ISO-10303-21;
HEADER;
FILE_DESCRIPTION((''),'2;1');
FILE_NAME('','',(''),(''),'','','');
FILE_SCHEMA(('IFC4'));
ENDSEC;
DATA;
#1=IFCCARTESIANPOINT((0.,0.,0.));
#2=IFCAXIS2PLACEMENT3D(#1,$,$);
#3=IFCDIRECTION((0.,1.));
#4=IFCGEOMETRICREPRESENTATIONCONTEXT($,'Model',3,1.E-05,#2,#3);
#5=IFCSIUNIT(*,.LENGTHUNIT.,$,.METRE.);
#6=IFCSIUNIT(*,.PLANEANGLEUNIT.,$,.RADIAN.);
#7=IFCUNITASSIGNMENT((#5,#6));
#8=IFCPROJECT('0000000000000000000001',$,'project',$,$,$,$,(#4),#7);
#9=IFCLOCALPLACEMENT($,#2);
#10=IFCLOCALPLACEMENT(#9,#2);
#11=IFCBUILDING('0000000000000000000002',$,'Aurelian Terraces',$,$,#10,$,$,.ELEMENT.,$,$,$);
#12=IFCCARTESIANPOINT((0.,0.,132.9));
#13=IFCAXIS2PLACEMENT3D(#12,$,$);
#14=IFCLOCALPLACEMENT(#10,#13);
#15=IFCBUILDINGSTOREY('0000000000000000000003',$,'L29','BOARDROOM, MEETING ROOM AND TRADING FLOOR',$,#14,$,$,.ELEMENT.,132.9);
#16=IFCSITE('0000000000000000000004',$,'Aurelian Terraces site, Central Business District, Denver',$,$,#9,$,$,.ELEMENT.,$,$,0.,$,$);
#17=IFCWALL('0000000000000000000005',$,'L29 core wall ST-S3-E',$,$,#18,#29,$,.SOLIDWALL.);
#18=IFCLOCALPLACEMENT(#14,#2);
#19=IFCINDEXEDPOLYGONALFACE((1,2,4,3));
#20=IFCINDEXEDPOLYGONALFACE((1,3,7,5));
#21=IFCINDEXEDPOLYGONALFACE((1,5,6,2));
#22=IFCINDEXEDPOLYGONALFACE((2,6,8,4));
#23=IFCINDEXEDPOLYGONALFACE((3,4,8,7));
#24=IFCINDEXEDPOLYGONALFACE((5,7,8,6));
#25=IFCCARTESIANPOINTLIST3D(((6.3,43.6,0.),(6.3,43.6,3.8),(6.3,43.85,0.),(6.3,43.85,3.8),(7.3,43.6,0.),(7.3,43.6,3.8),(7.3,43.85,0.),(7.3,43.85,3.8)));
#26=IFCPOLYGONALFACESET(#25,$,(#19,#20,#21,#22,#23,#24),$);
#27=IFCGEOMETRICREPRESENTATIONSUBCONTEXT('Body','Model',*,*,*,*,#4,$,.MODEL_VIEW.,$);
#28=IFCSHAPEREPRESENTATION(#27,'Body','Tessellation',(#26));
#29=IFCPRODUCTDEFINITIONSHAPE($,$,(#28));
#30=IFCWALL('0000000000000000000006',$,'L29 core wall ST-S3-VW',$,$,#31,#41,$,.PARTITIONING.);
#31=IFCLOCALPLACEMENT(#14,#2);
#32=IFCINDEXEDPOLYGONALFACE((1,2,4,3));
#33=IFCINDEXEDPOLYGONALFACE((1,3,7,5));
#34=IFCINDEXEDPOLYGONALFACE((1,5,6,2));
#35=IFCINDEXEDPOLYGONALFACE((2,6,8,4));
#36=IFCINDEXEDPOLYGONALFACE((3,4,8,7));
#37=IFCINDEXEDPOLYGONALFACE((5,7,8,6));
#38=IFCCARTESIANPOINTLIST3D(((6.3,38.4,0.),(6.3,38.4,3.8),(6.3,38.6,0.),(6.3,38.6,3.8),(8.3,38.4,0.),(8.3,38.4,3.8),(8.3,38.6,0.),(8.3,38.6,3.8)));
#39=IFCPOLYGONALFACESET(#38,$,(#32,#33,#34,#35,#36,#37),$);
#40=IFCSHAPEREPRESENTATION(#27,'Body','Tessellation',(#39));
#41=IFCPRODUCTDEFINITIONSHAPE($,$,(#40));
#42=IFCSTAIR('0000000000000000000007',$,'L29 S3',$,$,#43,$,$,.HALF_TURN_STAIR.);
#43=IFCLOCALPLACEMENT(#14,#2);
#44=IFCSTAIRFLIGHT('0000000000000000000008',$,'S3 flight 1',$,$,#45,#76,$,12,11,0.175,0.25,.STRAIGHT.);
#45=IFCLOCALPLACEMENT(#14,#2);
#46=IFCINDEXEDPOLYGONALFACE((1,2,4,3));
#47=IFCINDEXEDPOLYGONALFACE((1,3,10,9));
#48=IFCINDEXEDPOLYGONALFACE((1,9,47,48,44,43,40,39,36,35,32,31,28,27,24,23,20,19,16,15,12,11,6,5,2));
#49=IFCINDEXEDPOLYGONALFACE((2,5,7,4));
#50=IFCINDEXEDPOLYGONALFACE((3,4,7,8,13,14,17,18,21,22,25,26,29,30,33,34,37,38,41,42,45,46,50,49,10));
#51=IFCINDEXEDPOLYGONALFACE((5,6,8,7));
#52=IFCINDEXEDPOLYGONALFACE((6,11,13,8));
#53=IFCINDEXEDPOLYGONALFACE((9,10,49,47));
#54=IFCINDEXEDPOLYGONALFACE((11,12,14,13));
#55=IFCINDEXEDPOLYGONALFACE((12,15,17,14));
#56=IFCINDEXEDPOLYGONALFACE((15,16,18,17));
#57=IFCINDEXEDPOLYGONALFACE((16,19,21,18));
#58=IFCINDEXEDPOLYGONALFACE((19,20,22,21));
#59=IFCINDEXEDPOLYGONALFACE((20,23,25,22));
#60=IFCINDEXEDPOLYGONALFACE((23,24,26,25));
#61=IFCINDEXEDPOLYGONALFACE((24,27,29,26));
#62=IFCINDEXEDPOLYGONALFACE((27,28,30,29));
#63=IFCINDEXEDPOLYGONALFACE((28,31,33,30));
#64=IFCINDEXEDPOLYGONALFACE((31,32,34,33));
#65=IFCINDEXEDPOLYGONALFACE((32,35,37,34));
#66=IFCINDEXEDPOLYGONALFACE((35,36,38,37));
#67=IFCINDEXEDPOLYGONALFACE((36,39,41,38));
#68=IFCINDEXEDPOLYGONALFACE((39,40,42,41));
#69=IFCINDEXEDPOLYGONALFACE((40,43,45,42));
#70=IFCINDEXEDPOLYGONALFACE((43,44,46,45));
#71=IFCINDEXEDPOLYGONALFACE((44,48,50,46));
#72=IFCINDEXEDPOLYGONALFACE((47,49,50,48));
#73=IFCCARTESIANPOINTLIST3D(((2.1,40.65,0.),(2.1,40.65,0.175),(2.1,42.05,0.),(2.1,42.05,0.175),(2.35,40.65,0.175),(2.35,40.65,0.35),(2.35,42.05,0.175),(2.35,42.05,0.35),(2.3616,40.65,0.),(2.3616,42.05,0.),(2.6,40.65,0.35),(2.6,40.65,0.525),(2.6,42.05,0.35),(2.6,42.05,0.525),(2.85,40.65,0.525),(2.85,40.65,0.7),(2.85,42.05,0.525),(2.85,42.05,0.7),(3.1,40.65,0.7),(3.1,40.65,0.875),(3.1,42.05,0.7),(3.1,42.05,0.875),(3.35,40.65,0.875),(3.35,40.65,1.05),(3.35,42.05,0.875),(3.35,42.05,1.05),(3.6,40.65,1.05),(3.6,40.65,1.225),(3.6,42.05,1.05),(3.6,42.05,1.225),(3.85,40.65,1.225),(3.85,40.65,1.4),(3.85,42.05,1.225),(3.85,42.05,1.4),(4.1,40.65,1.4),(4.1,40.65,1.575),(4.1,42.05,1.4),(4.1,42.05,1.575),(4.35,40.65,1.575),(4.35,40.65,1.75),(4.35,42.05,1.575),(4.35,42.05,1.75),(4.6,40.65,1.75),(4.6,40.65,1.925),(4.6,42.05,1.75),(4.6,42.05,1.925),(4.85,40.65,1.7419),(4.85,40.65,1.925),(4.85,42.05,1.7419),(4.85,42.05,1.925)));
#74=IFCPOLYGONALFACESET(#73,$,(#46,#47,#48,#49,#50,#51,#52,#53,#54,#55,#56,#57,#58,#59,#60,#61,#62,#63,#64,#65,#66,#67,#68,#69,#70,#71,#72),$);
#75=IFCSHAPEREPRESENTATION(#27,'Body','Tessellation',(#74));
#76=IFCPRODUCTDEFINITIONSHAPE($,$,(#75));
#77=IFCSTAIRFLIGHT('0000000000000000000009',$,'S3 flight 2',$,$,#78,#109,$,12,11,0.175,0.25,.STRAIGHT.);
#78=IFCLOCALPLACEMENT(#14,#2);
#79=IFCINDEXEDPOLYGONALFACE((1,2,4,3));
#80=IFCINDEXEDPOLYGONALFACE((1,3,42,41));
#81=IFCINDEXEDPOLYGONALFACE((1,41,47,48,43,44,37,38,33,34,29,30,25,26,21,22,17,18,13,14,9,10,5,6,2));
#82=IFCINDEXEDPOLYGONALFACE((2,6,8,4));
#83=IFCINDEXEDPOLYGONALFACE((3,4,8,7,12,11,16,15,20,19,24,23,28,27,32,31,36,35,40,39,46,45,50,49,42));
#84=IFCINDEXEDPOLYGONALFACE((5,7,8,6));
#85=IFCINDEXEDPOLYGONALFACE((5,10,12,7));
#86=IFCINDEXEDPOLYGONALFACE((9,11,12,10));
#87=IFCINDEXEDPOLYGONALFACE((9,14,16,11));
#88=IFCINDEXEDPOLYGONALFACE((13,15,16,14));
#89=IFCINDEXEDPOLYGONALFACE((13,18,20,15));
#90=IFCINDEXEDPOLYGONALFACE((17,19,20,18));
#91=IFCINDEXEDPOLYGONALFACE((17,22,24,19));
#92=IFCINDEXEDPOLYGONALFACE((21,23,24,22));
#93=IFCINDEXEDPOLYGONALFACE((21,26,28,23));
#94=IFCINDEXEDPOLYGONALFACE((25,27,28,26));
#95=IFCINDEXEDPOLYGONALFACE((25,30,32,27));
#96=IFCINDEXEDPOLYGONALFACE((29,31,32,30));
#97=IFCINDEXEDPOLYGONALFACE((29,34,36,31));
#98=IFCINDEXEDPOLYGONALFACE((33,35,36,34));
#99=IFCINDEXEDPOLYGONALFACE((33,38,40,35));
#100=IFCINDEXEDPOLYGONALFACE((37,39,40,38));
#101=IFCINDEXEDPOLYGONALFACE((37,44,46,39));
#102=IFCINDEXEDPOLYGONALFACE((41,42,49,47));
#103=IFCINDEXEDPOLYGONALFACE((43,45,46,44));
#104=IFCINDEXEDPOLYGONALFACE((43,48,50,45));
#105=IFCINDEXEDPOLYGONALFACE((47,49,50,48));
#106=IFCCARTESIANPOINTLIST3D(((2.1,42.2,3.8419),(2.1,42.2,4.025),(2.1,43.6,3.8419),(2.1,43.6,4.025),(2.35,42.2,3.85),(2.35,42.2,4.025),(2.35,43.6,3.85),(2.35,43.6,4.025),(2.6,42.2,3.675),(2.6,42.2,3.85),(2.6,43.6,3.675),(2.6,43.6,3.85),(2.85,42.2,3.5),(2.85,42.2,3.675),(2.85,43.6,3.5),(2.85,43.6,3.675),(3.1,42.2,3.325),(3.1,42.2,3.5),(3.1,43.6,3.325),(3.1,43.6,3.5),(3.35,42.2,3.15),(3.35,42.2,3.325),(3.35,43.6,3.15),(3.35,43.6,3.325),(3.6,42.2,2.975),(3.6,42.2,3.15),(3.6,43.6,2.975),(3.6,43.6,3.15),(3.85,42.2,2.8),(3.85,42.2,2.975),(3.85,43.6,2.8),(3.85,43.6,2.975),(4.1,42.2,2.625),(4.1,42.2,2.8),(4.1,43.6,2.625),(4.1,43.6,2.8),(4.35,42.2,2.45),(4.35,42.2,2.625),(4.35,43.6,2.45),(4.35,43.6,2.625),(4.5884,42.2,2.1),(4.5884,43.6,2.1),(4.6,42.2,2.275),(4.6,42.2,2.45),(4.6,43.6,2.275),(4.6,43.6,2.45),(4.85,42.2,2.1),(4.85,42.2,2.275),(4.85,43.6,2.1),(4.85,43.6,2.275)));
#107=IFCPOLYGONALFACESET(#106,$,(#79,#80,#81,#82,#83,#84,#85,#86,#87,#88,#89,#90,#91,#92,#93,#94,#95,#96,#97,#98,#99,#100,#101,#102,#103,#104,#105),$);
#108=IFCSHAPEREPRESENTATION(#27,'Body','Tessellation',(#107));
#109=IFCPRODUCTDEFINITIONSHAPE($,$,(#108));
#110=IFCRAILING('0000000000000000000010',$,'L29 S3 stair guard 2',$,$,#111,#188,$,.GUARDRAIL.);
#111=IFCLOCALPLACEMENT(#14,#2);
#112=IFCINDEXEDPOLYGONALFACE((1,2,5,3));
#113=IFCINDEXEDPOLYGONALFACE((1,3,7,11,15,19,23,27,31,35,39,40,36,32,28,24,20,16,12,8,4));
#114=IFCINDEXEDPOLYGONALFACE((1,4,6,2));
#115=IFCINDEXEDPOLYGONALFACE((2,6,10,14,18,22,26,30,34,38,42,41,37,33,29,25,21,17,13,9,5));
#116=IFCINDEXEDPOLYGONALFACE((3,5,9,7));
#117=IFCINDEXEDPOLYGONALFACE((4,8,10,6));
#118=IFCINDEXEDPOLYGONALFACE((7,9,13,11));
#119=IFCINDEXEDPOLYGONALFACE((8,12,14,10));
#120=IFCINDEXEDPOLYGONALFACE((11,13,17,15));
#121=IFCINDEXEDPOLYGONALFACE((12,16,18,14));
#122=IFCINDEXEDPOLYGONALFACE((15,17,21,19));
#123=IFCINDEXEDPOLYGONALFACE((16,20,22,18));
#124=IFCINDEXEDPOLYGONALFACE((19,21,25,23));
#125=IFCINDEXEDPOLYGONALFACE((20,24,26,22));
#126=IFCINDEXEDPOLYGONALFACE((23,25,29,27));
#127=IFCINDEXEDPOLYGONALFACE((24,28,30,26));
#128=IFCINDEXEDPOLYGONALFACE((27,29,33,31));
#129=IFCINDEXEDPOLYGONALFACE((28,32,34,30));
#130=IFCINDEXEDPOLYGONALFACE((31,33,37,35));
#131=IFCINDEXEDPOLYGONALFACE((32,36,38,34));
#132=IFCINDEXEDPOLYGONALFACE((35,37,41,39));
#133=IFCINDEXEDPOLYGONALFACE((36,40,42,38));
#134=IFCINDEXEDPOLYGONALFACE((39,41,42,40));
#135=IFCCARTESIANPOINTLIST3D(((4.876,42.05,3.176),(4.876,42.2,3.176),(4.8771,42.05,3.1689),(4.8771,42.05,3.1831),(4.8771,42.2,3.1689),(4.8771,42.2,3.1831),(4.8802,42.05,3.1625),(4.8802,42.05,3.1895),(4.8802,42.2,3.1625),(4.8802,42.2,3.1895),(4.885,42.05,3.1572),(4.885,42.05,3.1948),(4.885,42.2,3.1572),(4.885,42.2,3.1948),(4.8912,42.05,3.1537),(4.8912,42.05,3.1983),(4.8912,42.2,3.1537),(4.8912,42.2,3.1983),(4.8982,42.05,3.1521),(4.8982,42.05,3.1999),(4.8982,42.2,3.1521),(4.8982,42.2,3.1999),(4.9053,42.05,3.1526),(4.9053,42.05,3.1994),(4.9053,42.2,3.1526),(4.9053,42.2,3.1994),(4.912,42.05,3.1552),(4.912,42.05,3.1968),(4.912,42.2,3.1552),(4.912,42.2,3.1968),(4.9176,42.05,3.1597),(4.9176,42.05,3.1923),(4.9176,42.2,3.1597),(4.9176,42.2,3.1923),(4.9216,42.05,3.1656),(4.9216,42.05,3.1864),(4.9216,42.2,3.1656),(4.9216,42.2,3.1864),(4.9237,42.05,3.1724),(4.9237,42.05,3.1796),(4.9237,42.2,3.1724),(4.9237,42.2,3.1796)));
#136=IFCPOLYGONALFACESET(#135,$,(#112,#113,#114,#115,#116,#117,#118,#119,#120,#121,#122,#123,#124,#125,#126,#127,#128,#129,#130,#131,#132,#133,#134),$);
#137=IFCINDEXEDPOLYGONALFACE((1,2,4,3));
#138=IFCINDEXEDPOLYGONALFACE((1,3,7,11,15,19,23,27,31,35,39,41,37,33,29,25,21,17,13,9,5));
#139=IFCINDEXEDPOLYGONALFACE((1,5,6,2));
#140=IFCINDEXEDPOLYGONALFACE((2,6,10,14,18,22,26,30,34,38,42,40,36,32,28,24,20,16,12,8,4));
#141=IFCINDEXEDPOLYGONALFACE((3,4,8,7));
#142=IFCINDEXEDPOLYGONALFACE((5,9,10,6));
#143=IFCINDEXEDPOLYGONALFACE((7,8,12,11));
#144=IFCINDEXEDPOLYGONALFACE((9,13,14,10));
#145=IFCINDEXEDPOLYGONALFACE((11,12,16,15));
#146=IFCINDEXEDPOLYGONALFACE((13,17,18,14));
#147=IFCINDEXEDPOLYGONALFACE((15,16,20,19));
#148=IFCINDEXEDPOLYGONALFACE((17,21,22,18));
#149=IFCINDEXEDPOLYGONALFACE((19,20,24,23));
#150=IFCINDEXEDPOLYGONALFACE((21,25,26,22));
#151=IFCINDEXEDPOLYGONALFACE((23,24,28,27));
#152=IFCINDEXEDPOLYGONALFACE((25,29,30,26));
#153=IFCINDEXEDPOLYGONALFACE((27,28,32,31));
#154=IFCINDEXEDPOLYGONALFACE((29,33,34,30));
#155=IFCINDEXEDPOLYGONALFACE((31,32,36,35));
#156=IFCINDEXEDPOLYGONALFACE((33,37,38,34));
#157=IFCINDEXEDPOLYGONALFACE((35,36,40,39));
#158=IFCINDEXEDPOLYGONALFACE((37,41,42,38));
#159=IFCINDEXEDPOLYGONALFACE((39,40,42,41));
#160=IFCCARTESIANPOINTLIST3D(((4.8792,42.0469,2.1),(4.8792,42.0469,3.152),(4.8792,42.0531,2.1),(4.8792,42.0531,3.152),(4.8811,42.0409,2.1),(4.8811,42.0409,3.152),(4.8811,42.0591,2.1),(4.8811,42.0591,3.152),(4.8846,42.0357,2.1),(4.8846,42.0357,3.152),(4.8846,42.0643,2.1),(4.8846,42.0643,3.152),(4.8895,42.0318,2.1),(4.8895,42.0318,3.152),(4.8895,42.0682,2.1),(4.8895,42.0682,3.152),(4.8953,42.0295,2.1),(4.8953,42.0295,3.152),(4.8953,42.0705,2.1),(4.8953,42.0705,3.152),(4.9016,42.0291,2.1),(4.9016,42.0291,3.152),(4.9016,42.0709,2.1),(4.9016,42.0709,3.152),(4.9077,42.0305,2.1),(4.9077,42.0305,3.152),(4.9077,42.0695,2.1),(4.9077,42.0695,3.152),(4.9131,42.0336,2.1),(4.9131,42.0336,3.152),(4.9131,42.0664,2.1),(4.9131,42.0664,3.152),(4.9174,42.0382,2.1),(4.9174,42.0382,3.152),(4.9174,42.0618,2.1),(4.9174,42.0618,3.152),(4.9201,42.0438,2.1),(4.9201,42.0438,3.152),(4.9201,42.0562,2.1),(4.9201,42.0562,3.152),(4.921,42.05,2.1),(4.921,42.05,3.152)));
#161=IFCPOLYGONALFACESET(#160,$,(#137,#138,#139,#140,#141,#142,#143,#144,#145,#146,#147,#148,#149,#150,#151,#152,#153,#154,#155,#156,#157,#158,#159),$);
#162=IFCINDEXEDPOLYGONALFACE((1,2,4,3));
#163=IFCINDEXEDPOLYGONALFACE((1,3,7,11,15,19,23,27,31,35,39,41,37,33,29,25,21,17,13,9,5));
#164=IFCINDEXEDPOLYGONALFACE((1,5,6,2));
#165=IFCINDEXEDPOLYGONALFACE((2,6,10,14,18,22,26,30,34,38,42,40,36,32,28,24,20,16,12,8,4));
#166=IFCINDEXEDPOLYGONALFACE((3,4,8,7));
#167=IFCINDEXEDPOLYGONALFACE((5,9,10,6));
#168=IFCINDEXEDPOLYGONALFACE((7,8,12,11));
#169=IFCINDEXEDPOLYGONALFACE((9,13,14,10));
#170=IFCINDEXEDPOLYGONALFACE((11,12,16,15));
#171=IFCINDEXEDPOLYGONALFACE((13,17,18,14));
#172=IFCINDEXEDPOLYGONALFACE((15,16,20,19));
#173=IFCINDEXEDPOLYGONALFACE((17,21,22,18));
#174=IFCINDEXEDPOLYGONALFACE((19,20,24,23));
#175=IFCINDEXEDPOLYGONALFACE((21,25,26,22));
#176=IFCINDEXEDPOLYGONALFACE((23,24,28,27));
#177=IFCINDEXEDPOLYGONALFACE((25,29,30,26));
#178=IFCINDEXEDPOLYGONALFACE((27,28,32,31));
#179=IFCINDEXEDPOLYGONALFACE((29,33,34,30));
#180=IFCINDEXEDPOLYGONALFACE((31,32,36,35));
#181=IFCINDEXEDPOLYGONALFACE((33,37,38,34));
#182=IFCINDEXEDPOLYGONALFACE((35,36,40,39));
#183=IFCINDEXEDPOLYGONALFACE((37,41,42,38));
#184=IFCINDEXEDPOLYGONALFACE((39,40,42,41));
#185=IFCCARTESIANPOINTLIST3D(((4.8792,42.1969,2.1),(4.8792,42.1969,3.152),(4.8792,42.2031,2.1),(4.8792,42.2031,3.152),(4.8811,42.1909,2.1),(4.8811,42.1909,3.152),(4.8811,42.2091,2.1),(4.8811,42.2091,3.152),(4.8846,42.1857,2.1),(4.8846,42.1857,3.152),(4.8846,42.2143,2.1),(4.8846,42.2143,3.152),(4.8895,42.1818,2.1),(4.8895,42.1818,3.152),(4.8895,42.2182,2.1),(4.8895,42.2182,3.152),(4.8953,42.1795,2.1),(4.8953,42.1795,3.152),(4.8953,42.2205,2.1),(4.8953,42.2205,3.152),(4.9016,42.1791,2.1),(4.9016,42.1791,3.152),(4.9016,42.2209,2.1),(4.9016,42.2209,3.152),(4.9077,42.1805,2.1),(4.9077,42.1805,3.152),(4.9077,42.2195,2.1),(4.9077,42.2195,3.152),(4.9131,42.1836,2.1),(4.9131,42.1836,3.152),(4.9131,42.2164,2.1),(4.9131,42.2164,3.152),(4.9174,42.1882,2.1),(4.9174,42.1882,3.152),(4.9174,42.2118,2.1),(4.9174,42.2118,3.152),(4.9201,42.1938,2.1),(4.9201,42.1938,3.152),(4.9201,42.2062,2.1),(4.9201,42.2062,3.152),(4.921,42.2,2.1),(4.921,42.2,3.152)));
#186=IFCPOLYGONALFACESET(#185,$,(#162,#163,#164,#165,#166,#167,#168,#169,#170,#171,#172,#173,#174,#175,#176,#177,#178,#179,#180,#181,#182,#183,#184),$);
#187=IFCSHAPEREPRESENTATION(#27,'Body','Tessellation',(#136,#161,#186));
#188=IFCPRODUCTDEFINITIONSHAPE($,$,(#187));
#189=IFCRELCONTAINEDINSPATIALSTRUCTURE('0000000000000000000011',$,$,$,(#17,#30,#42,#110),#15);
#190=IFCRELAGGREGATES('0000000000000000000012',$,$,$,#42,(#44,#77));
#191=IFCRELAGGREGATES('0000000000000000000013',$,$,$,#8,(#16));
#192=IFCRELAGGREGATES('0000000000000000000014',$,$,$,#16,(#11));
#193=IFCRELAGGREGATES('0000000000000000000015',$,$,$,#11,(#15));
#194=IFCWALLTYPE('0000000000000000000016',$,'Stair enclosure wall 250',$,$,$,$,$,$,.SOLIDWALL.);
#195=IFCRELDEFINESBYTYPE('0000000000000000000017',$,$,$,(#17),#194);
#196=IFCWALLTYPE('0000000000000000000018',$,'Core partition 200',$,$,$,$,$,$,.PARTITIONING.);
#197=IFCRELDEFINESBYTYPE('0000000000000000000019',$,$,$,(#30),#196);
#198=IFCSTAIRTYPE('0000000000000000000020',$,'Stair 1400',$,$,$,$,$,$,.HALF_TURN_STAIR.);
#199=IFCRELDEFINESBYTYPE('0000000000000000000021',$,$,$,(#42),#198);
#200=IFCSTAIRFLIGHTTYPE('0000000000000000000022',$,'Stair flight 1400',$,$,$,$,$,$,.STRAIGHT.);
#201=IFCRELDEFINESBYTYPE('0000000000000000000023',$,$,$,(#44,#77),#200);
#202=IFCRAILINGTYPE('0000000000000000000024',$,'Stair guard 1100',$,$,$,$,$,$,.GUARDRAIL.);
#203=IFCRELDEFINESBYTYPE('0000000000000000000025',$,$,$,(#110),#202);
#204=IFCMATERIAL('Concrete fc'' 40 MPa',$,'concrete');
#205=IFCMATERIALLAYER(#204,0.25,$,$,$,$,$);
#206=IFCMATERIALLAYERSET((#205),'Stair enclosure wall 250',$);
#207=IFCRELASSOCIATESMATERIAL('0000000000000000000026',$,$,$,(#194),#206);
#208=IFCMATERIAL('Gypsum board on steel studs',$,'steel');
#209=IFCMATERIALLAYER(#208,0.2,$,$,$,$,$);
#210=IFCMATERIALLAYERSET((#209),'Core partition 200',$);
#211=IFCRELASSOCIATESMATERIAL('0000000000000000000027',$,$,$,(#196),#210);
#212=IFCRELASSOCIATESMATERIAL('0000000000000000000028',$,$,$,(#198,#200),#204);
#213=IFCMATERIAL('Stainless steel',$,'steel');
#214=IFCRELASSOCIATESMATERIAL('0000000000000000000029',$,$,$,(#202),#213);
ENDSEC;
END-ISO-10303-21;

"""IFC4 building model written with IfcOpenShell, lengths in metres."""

from ifc_helpers import new_model, si_unit, direction, frame, frame_2d, origin, origin_2d, place, context, subcontext, project, spatial, polyline, rectangle, circle, outline, extrude, source, transform, mapped, material, layer, layer_set, type_object, element, aggregate, save


model = new_model("IFC4")

# Units and contexts
model_context = context("Model", 3, precision=1e-05, world=origin(), true_north=direction((0.0, 1.0)))
body_context = subcontext(model_context, "Body", "Model", "MODEL_VIEW")
ifc_project = project(units=[si_unit("LENGTHUNIT", "METRE"), si_unit("PLANEANGLEUNIT", "RADIAN")], contexts=[model_context])

# Site, building, storey
site_placement = place(None, origin())
site = spatial("IfcSite", under=ifc_project, at=site_placement, Name="Aurelian Terraces site, Central Business District, Denver", CompositionType="ELEMENT", RefElevation=0.0)
building_placement = place(site_placement, origin())
building = spatial("IfcBuilding", under=site, at=building_placement, Name="Aurelian Terraces", CompositionType="ELEMENT")
storey_placement = place(building_placement, frame((0.0, 0.0, 132.9)))
storey = spatial("IfcBuildingStorey", under=building, at=storey_placement, Name="L29", Description="BOARDROOM, MEETING ROOM AND TRADING FLOOR", CompositionType="ELEMENT", Elevation=132.9)

# Shared definitions
ifc_material_1 = material(Name="Concrete fc' 40 MPa", Category="concrete")

# Shared definitions
ifc_layer_1 = layer(ifc_material_1, 0.25)
ifc_layer_set_1 = layer_set([ifc_layer_1], Name="Stair enclosure wall 250")
wall_type_1 = type_object("IfcWallType", Name="Stair enclosure wall 250", PredefinedType="SOLIDWALL", material=ifc_layer_set_1)

# Walls
ifc_material_2 = material(Name="Gypsum board on steel studs", Category="steel")
ifc_layer_2 = layer(ifc_material_2, 0.2)
ifc_layer_set_2 = layer_set([ifc_layer_2], Name="Core partition 200")
wall_type_2 = type_object("IfcWallType", Name="Core partition 200", PredefinedType="PARTITIONING", material=ifc_layer_set_2)
shared_shape_1 = source(origin(), body_context, "Body", "SweptSolid", [
    extrude(rectangle(XDim=1.0, YDim=0.25, at=frame_2d((0.5, 0.0))), origin(), (0.0, 0.0, 1.0), 3.8),
])
wall_1_placement = place(storey_placement, frame((6.3, 43.725, 0.0), z_axis=(0.0, 0.0, 1.0), x_axis=(1.0, 0.0, 0.0)))
element("IfcWall", 1, at=wall_1_placement, inside=storey, type_object=wall_type_1, Name="L29 core wall ST-S3-E", PredefinedType="SOLIDWALL", context=body_context, shape_type="MappedRepresentation", body=[
    mapped(shared_shape_1, transform((0.0, 0.0, 0.0), scale=1.0)),
])
shared_shape_2 = source(origin(), body_context, "Body", "SweptSolid", [
    extrude(rectangle(XDim=2.0, YDim=0.2, at=frame_2d((1.0, 0.0))), origin(), (0.0, 0.0, 1.0), 3.8),
])
wall_2_placement = place(storey_placement, frame((6.3, 38.5, 0.0), z_axis=(0.0, 0.0, 1.0), x_axis=(1.0, 0.0, 0.0)))
element("IfcWall", 2, at=wall_2_placement, inside=storey, type_object=wall_type_2, Name="L29 core wall ST-S3-VW", PredefinedType="PARTITIONING", context=body_context, shape_type="MappedRepresentation", body=[
    mapped(shared_shape_2, transform((0.0, 0.0, 0.0), scale=1.0)),
])

# Stair, stair flights
stair_type = type_object("IfcStairType", Name="Stair 1400", PredefinedType="HALF_TURN_STAIR", material=ifc_material_1)
stair_placement = place(storey_placement, origin())
stair = element("IfcStair", 3, at=stair_placement, inside=storey, type_object=stair_type, Name="L29 S3", PredefinedType="HALF_TURN_STAIR")
stair_flight_type = type_object("IfcStairFlightType", Name="Stair flight 1400", PredefinedType="STRAIGHT", material=ifc_material_1)
shared_shape_3 = source(origin(), body_context, "Body", "SweptSolid", [
    extrude(outline(polyline([(0.0, 0.0), (0.0, 0.175), (0.25, 0.175), (0.25, 0.35), (0.5, 0.35), (0.5, 0.525), (0.75, 0.525), (0.75, 0.7), (1.0, 0.7), (1.0, 0.875), (1.25, 0.875), (1.25, 1.05), (1.5, 1.05), (1.5, 1.225), (1.75, 1.225), (1.75, 1.4), (2.0, 1.4), (2.0, 1.575), (2.25, 1.575), (2.25, 1.75), (2.5, 1.75), (2.5, 1.925), (2.75, 1.925), (2.75, 2.1), (2.75, 1.7419), (0.2616, 0.0), (0.0, 0.0)])), frame((0.0, 0.7, 0.0), z_axis=(0.0, -1.0, 0.0), x_axis=(1.0, 0.0, 0.0)), (0.0, 0.0, 1.0), 1.4),
])
stair_flight_1_placement = place(storey_placement, frame((2.1, 41.35, 0.0), z_axis=(0.0, 0.0, 1.0), x_axis=(1.0, 0.0, 0.0)))
stair_flight_1 = element("IfcStairFlight", 4, at=stair_flight_1_placement, type_object=stair_flight_type, Name="S3 flight 1", NumberOfRisers=12, NumberOfTreads=11, PredefinedType="STRAIGHT", RiserHeight=0.175, TreadLength=0.25, context=body_context, shape_type="MappedRepresentation", body=[
    mapped(shared_shape_3, transform((0.0, 0.0, 0.0), scale=1.0)),
])
stair_flight_2_placement = place(storey_placement, frame((4.85, 42.9, 2.1), z_axis=(0.0, 0.0, 1.0), x_axis=(-1.0, 0.0, 0.0)))
stair_flight_2 = element("IfcStairFlight", 5, at=stair_flight_2_placement, type_object=stair_flight_type, Name="S3 flight 2", NumberOfRisers=12, NumberOfTreads=11, PredefinedType="STRAIGHT", RiserHeight=0.175, TreadLength=0.25, context=body_context, shape_type="MappedRepresentation", body=[
    mapped(shared_shape_3, transform((0.0, 0.0, 0.0), scale=1.0)),
])
aggregate(stair, [stair_flight_1, stair_flight_2])

# Railing
ifc_material_3 = material(Name="Stainless steel", Category="steel")
railing_type_1 = type_object("IfcRailingType", Name="Stair guard 1100", PredefinedType="GUARDRAIL", material=ifc_material_3)
shared_shape_4 = source(origin(), body_context, "Body", "SweptSolid", [
    extrude(circle(Radius=0.024, at=origin_2d()), frame((0.0, 0.0, 1.076), z_axis=(0.0, 1.0, 0.0), x_axis=(-1.0, 0.0, 0.0)), (0.0, 0.0, 1.0), 0.15),
    extrude(circle(Radius=0.021, at=origin_2d()), origin(), (0.0, 0.0, 1.0), 1.052),
    extrude(circle(Radius=0.021, at=origin_2d()), frame((0.0, 0.15, 0.0)), (0.0, 0.0, 1.0), 1.052),
])
for number, where, name in (
    (6, (4.9, 42.05, 2.1), "L29 S3 stair guard 2"),
):
    element("IfcRailing", number, at=place(storey_placement, frame(where)), inside=storey, type_object=railing_type_1, Name=name, PredefinedType="GUARDRAIL", context=body_context, shape_type="MappedRepresentation", body=[
        mapped(shared_shape_4, transform((0.0, 0.0, 0.0), scale=1.0)),
    ])

save(model, "model.ifc")
